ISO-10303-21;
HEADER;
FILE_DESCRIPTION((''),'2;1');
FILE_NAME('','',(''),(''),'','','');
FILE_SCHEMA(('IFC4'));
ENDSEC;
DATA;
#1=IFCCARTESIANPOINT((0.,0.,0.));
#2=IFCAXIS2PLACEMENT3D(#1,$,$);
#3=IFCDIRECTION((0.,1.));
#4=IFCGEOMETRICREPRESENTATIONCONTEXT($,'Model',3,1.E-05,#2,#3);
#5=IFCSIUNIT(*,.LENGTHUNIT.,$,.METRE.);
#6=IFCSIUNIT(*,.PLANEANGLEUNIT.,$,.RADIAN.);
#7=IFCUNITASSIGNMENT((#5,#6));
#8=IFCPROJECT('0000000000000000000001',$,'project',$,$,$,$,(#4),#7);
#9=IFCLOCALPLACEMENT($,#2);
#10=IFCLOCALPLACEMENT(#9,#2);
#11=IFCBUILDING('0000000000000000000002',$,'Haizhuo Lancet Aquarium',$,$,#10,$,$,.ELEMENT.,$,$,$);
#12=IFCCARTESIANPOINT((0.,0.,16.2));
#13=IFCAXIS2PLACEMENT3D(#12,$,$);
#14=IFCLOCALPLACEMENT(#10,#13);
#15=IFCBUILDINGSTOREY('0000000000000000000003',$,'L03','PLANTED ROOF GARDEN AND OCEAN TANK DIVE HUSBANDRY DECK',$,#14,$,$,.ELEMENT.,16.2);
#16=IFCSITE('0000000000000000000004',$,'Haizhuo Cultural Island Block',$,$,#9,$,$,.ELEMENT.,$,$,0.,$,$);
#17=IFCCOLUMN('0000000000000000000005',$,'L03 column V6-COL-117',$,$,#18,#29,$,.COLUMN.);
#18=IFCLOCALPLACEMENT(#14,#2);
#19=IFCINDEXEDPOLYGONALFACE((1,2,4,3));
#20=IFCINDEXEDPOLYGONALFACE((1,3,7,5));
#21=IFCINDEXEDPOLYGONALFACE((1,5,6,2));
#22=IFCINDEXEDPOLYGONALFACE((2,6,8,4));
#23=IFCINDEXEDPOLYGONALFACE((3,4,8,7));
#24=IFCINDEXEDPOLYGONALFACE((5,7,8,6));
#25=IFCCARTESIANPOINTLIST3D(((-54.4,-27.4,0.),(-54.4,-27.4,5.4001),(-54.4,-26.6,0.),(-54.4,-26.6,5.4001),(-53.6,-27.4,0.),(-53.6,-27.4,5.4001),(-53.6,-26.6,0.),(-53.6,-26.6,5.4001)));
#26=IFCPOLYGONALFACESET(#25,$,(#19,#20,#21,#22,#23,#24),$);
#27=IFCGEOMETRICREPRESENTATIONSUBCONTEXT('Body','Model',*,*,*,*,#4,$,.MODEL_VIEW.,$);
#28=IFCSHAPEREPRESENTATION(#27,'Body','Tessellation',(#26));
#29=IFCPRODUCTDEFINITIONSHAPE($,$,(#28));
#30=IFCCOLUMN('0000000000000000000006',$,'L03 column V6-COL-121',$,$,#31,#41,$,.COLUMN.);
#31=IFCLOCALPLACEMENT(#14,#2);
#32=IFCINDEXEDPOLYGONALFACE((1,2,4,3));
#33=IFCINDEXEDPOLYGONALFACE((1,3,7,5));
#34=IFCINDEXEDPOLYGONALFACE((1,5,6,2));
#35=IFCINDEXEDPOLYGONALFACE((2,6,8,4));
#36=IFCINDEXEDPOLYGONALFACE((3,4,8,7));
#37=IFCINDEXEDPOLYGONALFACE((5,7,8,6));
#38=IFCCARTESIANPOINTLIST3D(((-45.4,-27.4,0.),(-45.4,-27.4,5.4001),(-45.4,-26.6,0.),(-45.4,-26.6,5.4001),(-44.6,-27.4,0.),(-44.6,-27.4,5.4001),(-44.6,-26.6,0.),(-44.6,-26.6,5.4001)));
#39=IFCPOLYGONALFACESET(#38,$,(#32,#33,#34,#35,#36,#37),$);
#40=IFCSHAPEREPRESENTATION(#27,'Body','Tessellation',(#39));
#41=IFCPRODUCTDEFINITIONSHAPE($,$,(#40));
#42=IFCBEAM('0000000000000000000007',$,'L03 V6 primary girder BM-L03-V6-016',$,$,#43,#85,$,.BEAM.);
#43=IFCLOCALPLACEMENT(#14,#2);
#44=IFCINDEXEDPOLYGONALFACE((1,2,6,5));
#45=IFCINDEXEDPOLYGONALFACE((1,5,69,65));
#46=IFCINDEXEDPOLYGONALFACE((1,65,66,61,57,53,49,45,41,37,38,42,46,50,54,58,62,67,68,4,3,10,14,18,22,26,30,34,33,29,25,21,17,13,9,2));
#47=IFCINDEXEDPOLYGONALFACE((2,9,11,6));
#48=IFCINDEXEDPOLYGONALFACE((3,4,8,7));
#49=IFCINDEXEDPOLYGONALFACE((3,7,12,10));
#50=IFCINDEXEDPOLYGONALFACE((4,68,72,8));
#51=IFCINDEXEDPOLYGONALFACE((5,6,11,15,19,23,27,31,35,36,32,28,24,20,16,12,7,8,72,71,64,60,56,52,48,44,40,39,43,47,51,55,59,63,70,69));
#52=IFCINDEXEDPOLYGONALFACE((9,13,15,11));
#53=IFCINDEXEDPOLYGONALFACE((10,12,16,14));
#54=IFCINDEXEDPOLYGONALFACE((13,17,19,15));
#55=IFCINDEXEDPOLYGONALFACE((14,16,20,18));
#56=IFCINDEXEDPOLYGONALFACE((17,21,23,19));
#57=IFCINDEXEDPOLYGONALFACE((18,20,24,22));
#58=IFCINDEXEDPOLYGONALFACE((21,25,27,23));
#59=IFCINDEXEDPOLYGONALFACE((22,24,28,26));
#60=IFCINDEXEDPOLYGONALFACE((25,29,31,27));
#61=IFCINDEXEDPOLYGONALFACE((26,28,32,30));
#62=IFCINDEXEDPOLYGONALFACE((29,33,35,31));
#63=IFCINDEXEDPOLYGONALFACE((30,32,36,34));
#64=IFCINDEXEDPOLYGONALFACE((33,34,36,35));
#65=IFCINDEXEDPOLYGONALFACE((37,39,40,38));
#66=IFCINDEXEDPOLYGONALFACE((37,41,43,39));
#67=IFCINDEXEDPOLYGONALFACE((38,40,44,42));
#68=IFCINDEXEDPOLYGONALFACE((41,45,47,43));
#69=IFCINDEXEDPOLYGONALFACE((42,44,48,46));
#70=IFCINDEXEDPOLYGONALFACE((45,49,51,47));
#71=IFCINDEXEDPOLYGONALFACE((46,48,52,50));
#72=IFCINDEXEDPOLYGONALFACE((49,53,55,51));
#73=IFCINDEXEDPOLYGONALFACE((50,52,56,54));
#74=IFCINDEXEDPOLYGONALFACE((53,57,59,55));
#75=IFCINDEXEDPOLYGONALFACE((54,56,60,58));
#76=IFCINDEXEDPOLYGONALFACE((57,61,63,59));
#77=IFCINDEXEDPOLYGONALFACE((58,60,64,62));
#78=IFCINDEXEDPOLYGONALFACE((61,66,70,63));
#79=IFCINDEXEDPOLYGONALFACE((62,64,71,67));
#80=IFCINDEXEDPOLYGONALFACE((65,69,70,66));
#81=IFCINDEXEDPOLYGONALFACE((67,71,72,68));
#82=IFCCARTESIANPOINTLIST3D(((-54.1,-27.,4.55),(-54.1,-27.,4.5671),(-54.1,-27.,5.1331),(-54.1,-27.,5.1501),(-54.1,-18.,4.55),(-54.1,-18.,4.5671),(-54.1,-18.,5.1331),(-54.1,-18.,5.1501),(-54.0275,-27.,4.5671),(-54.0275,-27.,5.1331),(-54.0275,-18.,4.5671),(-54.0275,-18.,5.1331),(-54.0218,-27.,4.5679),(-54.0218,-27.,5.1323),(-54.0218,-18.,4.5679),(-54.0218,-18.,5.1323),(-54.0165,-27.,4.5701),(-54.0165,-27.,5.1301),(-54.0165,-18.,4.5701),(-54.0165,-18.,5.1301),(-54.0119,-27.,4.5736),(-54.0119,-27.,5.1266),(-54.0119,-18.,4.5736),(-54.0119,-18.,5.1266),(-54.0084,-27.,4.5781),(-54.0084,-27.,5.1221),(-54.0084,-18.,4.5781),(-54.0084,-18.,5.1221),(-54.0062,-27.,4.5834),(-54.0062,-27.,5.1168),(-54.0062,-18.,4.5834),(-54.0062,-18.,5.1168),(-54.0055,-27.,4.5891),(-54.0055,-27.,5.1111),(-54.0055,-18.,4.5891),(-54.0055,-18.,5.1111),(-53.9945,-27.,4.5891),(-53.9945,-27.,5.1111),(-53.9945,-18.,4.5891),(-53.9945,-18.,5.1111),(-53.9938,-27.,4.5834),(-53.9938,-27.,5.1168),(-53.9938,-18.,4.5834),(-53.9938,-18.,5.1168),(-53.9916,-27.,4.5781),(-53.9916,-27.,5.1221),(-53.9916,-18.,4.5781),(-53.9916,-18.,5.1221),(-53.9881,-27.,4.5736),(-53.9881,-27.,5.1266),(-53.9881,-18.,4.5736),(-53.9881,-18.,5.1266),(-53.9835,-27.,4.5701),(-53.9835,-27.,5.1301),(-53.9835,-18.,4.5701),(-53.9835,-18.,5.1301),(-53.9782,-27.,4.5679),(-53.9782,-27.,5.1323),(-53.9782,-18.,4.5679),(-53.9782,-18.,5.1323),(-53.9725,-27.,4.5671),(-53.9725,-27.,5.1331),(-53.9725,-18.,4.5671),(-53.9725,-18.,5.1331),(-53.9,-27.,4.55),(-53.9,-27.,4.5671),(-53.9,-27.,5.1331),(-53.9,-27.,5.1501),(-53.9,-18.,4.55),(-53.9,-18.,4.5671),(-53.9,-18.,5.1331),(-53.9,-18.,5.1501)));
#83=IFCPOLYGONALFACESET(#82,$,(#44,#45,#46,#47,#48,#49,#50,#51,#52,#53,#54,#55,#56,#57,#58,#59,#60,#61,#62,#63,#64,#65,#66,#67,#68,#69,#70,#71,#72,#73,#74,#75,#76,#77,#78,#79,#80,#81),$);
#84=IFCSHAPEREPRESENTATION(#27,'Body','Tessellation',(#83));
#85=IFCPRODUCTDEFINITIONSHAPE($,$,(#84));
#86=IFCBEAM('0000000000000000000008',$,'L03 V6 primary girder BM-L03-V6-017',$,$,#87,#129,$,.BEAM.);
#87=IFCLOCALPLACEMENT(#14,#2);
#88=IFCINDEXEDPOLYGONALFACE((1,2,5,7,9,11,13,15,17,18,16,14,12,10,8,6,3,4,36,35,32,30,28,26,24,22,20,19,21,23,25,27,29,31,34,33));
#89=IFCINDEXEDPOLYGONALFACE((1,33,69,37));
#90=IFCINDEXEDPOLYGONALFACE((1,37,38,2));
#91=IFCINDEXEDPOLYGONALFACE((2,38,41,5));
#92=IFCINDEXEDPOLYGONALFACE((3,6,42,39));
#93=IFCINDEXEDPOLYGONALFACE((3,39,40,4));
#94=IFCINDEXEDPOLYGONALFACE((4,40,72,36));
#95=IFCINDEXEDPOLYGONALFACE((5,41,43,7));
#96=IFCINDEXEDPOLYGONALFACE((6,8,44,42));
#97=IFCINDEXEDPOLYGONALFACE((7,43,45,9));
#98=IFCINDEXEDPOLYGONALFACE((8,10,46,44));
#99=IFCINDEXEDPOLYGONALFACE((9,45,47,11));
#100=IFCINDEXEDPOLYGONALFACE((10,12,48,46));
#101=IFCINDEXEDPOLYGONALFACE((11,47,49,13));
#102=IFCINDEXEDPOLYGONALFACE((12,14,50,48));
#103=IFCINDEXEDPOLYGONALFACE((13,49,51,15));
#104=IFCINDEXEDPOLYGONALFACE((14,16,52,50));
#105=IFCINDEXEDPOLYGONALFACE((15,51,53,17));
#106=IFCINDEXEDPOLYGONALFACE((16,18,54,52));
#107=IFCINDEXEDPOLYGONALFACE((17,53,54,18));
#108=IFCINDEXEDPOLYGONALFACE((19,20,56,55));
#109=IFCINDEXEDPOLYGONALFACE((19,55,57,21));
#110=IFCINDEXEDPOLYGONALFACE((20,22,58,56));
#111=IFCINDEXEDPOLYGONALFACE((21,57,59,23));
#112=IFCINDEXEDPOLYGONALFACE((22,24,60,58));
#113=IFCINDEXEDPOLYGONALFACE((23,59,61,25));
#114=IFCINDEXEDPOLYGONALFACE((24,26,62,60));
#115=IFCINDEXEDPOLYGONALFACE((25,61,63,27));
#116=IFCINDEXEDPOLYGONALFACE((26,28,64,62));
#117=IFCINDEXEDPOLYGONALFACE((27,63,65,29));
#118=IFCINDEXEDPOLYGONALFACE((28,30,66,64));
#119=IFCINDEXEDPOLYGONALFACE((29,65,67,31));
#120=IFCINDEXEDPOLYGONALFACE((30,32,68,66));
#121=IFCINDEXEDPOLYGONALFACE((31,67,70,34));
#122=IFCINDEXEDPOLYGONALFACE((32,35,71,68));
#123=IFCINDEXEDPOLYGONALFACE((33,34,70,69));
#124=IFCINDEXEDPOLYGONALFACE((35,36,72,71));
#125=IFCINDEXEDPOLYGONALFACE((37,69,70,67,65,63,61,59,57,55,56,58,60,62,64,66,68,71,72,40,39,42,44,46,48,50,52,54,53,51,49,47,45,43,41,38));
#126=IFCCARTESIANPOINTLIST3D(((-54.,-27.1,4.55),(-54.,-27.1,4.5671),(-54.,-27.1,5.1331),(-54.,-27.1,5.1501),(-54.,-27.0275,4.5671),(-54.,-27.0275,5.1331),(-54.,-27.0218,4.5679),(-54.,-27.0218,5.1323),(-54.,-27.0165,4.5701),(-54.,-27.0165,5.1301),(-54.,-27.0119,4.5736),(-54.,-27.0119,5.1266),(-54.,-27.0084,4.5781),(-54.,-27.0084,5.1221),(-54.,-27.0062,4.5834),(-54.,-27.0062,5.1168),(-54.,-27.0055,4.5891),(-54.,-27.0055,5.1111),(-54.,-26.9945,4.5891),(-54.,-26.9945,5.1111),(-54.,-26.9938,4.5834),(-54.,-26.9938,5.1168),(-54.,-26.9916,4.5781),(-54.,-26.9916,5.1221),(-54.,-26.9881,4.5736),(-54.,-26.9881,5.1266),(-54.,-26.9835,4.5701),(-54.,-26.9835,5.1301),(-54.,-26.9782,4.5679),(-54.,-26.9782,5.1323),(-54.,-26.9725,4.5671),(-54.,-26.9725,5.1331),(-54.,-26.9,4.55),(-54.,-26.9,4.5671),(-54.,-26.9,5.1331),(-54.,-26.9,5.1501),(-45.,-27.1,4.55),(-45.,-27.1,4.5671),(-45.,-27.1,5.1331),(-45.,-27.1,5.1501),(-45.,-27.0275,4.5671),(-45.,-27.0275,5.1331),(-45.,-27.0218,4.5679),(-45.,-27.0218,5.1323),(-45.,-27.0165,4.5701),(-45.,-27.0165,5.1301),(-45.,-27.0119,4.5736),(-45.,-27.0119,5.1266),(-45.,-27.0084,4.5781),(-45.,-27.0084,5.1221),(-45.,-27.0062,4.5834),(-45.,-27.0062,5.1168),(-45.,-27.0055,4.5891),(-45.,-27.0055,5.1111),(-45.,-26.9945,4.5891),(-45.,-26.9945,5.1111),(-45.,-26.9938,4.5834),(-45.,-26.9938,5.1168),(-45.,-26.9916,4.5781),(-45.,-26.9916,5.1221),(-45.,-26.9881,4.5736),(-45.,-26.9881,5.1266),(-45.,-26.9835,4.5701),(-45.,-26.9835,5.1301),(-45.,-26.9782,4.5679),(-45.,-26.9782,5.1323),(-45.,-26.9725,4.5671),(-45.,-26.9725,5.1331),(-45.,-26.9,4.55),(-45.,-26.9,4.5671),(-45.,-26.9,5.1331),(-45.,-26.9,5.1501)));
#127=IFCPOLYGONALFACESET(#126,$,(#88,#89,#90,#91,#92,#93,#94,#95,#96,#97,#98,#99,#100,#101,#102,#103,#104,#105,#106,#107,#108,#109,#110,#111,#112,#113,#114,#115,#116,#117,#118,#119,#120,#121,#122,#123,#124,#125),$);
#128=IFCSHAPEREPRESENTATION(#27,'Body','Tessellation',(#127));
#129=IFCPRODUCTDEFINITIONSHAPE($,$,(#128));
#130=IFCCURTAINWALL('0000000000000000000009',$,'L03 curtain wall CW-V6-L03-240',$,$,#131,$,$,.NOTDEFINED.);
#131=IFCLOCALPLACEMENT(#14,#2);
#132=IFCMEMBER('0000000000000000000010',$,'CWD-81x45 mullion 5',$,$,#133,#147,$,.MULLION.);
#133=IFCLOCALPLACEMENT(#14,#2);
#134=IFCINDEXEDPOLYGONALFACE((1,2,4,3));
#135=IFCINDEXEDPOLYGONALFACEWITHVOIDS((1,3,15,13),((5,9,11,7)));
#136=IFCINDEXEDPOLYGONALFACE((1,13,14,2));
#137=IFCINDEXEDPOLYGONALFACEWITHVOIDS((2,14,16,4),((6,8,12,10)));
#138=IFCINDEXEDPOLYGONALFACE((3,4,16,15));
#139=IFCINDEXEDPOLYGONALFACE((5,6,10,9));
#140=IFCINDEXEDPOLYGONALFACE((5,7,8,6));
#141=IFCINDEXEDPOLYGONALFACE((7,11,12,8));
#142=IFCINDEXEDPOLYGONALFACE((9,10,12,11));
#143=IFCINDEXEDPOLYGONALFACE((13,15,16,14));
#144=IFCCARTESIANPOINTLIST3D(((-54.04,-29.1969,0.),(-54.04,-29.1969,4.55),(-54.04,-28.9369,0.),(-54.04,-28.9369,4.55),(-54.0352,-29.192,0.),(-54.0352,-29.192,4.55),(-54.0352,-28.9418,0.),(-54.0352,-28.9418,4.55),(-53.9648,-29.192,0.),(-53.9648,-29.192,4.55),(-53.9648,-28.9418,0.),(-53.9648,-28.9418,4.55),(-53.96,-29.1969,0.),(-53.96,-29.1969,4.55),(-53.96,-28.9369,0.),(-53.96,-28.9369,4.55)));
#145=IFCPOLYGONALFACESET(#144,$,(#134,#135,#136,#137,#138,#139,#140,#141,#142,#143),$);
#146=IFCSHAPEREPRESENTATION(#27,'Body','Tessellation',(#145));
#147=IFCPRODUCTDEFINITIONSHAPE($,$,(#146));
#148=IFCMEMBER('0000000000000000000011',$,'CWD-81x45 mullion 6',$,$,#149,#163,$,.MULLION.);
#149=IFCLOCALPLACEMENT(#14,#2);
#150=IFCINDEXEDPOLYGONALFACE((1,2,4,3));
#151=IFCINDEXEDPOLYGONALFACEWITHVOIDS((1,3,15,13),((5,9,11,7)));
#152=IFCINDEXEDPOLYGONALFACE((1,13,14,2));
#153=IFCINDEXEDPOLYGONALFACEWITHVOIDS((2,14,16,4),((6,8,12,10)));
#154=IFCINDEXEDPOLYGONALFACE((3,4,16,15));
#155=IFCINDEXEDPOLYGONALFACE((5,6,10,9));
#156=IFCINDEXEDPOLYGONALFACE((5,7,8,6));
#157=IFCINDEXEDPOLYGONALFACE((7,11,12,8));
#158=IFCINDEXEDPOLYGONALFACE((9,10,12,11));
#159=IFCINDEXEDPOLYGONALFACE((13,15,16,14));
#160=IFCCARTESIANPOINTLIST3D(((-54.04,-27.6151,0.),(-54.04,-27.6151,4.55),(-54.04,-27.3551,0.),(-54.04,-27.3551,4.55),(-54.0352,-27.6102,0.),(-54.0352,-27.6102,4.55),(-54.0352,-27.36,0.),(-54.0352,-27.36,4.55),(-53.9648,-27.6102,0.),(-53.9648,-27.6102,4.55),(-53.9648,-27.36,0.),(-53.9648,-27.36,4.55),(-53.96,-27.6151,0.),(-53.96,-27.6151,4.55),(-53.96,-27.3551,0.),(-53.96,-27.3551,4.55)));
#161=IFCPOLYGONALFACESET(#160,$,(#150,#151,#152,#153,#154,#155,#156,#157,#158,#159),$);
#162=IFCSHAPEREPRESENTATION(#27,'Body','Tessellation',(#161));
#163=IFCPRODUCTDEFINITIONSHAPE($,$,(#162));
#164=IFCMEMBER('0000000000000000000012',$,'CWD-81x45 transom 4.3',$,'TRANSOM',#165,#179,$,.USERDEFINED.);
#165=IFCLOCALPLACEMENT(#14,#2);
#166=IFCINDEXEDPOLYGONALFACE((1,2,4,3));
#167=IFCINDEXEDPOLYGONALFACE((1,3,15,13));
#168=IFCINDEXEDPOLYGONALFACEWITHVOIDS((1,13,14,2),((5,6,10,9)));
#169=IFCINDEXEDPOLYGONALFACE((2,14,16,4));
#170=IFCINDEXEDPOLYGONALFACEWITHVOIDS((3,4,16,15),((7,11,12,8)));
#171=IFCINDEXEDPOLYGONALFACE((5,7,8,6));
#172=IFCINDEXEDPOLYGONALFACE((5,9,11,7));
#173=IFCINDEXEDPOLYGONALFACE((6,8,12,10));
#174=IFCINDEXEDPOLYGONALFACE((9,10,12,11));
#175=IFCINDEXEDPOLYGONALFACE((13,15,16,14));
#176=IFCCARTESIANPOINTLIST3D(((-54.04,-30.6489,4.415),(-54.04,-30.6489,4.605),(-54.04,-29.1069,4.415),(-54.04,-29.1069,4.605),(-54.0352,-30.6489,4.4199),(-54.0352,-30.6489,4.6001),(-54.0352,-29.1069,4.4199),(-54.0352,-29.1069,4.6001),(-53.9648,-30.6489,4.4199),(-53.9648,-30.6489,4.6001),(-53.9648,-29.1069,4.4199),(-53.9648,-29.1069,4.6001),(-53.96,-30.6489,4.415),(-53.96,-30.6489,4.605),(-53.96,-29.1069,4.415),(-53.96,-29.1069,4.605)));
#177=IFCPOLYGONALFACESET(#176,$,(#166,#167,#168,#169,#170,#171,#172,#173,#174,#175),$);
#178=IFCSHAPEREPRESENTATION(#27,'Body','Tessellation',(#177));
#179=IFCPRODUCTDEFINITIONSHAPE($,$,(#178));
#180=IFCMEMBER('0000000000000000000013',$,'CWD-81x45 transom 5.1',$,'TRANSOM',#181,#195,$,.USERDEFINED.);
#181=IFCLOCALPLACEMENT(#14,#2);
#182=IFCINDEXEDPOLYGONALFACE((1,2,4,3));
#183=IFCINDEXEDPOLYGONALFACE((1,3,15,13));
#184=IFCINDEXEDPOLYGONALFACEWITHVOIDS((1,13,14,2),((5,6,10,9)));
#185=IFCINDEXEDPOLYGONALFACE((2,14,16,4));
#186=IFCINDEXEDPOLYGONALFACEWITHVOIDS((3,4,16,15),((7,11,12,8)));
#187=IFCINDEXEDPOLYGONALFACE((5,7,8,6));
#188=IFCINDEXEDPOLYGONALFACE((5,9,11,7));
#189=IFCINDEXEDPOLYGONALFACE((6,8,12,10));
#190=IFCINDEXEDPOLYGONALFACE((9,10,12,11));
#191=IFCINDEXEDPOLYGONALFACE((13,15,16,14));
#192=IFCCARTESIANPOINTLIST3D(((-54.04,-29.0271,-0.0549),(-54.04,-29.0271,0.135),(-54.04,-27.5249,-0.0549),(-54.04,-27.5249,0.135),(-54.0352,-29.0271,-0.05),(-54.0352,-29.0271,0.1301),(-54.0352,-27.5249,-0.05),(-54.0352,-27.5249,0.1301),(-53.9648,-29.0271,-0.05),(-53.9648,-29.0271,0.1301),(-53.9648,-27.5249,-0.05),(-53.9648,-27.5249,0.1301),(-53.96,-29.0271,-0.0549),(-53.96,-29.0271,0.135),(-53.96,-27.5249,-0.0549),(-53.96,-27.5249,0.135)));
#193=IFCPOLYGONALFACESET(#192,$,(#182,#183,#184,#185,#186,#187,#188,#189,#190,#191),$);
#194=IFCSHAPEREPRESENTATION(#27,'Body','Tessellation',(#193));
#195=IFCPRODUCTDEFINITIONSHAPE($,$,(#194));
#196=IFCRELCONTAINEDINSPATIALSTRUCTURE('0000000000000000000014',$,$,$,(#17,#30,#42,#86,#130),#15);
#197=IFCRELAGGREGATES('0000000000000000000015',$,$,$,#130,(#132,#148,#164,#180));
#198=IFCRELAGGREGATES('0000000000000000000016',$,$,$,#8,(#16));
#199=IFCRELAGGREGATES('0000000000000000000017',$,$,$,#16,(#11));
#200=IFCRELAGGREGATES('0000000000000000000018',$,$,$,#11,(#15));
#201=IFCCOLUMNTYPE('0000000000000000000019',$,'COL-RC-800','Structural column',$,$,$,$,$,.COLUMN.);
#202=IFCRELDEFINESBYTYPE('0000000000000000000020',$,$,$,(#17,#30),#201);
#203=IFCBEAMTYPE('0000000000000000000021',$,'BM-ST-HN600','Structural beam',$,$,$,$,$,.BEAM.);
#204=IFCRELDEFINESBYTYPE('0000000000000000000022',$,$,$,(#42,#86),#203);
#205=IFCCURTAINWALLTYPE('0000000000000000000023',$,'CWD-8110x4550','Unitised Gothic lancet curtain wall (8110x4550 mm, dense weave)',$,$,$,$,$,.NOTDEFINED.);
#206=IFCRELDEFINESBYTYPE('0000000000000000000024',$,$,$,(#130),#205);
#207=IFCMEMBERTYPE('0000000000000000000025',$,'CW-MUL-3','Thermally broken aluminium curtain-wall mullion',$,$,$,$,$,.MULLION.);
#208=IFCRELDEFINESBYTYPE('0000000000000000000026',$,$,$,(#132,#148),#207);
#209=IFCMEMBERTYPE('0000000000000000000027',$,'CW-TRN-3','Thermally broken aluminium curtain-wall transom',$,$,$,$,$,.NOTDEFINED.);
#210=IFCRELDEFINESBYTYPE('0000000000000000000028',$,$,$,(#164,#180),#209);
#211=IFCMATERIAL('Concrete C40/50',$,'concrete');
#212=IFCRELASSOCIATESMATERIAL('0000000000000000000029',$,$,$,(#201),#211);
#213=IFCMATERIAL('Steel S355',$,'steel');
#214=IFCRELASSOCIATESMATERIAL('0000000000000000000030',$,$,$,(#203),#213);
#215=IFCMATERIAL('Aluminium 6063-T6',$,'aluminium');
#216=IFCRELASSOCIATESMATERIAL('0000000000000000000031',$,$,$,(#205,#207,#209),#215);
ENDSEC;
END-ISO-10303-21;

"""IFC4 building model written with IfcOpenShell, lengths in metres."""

from ifc_helpers import new_model, si_unit, direction, frame, origin, origin_2d, place, context, subcontext, project, spatial, rectangle, hollow_rectangle, i_section, extrude, material, material_profile, profile_set, type_object, element, aggregate, save


model = new_model("IFC4")

# Units and contexts
model_context = context("Model", 3, precision=1e-05, world=origin(), true_north=direction((0.0, 1.0)))
body_context = subcontext(model_context, "Body", "Model", "MODEL_VIEW")
ifc_project = project(units=[si_unit("LENGTHUNIT", "METRE"), si_unit("PLANEANGLEUNIT", "RADIAN")], contexts=[model_context])

# Site, building, storey
site_placement = place(None, origin())
site = spatial("IfcSite", under=ifc_project, at=site_placement, Name="Haizhuo Cultural Island Block", CompositionType="ELEMENT", RefElevation=0.0)
building_placement = place(site_placement, origin())
building = spatial("IfcBuilding", under=site, at=building_placement, Name="Haizhuo Lancet Aquarium", CompositionType="ELEMENT")
storey_placement = place(building_placement, frame((0.0, 0.0, 16.2)))
storey = spatial("IfcBuildingStorey", under=building, at=storey_placement, Name="L03", Description="PLANTED ROOF GARDEN AND OCEAN TANK DIVE HUSBANDRY DECK", CompositionType="ELEMENT", Elevation=16.2)

# Columns
ifc_material_1 = material(Name="Concrete C40/50", Category="concrete")
ifc_material_profile_1 = material_profile(ifc_material_1, rectangle(XDim=0.8, YDim=0.8, at=origin_2d()), Name="RC-COL 800x800")
ifc_profile_set_1 = profile_set([ifc_material_profile_1], Name="Concrete C40/50")
column_type = type_object("IfcColumnType", Name="COL-RC-800", Description="Structural column", PredefinedType="COLUMN", material=ifc_profile_set_1)
for number, where, z_axis, x_axis, name in (
    (1, (-54.0, -27.0, 0.0), (0.0, 0.0, 1.0), (1.0, 0.0, 0.0), "L03 column V6-COL-117"),
    (2, (-45.0, -27.0, 0.0), (0.0, 0.0, 1.0), (1.0, 0.0, 0.0), "L03 column V6-COL-121"),
):
    element("IfcColumn", number, at=place(storey_placement, frame(where, z_axis=z_axis, x_axis=x_axis)), inside=storey, type_object=column_type, Name=name, PredefinedType="COLUMN", context=body_context, shape_type="SweptSolid", body=[
        extrude(rectangle(XDim=0.8, YDim=0.8, at=origin_2d()), origin(), (0.0, 0.0, 1.0), 5.4001),
    ])

# Beams
ifc_material_2 = material(Name="Steel S355", Category="steel")
ifc_material_profile_2 = material_profile(ifc_material_2, i_section(OverallWidth=0.2, OverallDepth=0.6001, WebThickness=0.011, FlangeThickness=0.0171, FilletRadius=0.022, at=origin_2d()), Name="HN 600x200x11x17")
ifc_profile_set_2 = profile_set([ifc_material_profile_2], Name="Steel S355")
beam_type = type_object("IfcBeamType", Name="BM-ST-HN600", Description="Structural beam", PredefinedType="BEAM", material=ifc_profile_set_2)
for number, where, z_axis, x_axis, name in (
    (3, (-54.0, -27.0, 4.8501), (0.0, 1.0, 0.0), (-1.0, 0.0, 0.0), "L03 V6 primary girder BM-L03-V6-016"),
    (4, (-54.0, -27.0, 4.8501), (1.0, 0.0, 0.0), (0.0, 1.0, 0.0), "L03 V6 primary girder BM-L03-V6-017"),
):
    element("IfcBeam", number, at=place(storey_placement, frame(where, z_axis=z_axis, x_axis=x_axis)), inside=storey, type_object=beam_type, Name=name, PredefinedType="BEAM", context=body_context, shape_type="SweptSolid", body=[
        extrude(i_section(OverallWidth=0.2, OverallDepth=0.6001, WebThickness=0.011, FlangeThickness=0.0171, FilletRadius=0.022, at=origin_2d()), origin(), (0.0, 0.0, 1.0), 9.0),
    ])

# Curtain wall, members
ifc_material_3 = material(Name="Aluminium 6063-T6", Category="aluminium")
curtain_wall_type = type_object("IfcCurtainWallType", Name="CWD-8110x4550", Description="Unitised Gothic lancet curtain wall (8110x4550 mm, dense weave)", PredefinedType="NOTDEFINED", material=ifc_material_3)
curtain_wall_placement = place(storey_placement, origin())
curtain_wall = element("IfcCurtainWall", 5, at=curtain_wall_placement, inside=storey, type_object=curtain_wall_type, Name="L03 curtain wall CW-V6-L03-240", PredefinedType="NOTDEFINED")
ifc_material_profile_3 = material_profile(ifc_material_3, hollow_rectangle(XDim=0.0801, YDim=0.26, WallThickness=0.0049, at=origin_2d()), Name="ALU-M 80x260x5")
ifc_profile_set_3 = profile_set([ifc_material_profile_3], Name="Aluminium 6063-T6")
member_type_1 = type_object("IfcMemberType", Name="CW-MUL-3", Description="Thermally broken aluminium curtain-wall mullion", PredefinedType="MULLION", material=ifc_profile_set_3)
member_1_placement = place(storey_placement, frame((-54.0, -29.0669, 0.0), z_axis=(0.0, 0.0, 1.0), x_axis=(-1.0, 0.0, 0.0)))
member_1 = element("IfcMember", 6, at=member_1_placement, type_object=member_type_1, Name="CWD-81x45 mullion 5", PredefinedType="MULLION", context=body_context, shape_type="SweptSolid", body=[
    extrude(hollow_rectangle(XDim=0.0801, YDim=0.26, WallThickness=0.0049, at=origin_2d()), origin(), (0.0, 0.0, 1.0), 4.55),
])
member_2_placement = place(storey_placement, frame((-54.0, -27.4851, 0.0), z_axis=(0.0, 0.0, 1.0), x_axis=(-1.0, 0.0, 0.0)))
member_2 = element("IfcMember", 7, at=member_2_placement, type_object=member_type_1, Name="CWD-81x45 mullion 6", PredefinedType="MULLION", context=body_context, shape_type="SweptSolid", body=[
    extrude(hollow_rectangle(XDim=0.0801, YDim=0.26, WallThickness=0.0049, at=origin_2d()), origin(), (0.0, 0.0, 1.0), 4.55),
])
ifc_material_profile_4 = material_profile(ifc_material_3, hollow_rectangle(XDim=0.0801, YDim=0.1899, WallThickness=0.0049, at=origin_2d()), Name="ALU-T 80x190x5")
ifc_profile_set_4 = profile_set([ifc_material_profile_4], Name="Aluminium 6063-T6")
member_type_2 = type_object("IfcMemberType", Name="CW-TRN-3", Description="Thermally broken aluminium curtain-wall transom", PredefinedType="NOTDEFINED", material=ifc_profile_set_4)
member_3_placement = place(storey_placement, frame((-54.0, -30.6489, 4.51), z_axis=(0.0, 1.0, 0.0), x_axis=(-1.0, 0.0, 0.0)))
member_3 = element("IfcMember", 8, at=member_3_placement, type_object=member_type_2, Name="CWD-81x45 transom 4.3", ObjectType="TRANSOM", PredefinedType="USERDEFINED", context=body_context, shape_type="SweptSolid", body=[
    extrude(hollow_rectangle(XDim=0.0801, YDim=0.1899, WallThickness=0.0049, at=origin_2d()), origin(), (0.0, 0.0, 1.0), 1.542),
])
member_4_placement = place(storey_placement, frame((-54.0, -29.0271, 0.04), z_axis=(0.0, 1.0, 0.0), x_axis=(-1.0, 0.0, 0.0)))
member_4 = element("IfcMember", 9, at=member_4_placement, type_object=member_type_2, Name="CWD-81x45 transom 5.1", ObjectType="TRANSOM", PredefinedType="USERDEFINED", context=body_context, shape_type="SweptSolid", body=[
    extrude(hollow_rectangle(XDim=0.0801, YDim=0.1899, WallThickness=0.0049, at=origin_2d()), origin(), (0.0, 0.0, 1.0), 1.5022),
])

aggregate(curtain_wall, [member_1, member_2, member_3, member_4])

save(model, "model.ifc")
